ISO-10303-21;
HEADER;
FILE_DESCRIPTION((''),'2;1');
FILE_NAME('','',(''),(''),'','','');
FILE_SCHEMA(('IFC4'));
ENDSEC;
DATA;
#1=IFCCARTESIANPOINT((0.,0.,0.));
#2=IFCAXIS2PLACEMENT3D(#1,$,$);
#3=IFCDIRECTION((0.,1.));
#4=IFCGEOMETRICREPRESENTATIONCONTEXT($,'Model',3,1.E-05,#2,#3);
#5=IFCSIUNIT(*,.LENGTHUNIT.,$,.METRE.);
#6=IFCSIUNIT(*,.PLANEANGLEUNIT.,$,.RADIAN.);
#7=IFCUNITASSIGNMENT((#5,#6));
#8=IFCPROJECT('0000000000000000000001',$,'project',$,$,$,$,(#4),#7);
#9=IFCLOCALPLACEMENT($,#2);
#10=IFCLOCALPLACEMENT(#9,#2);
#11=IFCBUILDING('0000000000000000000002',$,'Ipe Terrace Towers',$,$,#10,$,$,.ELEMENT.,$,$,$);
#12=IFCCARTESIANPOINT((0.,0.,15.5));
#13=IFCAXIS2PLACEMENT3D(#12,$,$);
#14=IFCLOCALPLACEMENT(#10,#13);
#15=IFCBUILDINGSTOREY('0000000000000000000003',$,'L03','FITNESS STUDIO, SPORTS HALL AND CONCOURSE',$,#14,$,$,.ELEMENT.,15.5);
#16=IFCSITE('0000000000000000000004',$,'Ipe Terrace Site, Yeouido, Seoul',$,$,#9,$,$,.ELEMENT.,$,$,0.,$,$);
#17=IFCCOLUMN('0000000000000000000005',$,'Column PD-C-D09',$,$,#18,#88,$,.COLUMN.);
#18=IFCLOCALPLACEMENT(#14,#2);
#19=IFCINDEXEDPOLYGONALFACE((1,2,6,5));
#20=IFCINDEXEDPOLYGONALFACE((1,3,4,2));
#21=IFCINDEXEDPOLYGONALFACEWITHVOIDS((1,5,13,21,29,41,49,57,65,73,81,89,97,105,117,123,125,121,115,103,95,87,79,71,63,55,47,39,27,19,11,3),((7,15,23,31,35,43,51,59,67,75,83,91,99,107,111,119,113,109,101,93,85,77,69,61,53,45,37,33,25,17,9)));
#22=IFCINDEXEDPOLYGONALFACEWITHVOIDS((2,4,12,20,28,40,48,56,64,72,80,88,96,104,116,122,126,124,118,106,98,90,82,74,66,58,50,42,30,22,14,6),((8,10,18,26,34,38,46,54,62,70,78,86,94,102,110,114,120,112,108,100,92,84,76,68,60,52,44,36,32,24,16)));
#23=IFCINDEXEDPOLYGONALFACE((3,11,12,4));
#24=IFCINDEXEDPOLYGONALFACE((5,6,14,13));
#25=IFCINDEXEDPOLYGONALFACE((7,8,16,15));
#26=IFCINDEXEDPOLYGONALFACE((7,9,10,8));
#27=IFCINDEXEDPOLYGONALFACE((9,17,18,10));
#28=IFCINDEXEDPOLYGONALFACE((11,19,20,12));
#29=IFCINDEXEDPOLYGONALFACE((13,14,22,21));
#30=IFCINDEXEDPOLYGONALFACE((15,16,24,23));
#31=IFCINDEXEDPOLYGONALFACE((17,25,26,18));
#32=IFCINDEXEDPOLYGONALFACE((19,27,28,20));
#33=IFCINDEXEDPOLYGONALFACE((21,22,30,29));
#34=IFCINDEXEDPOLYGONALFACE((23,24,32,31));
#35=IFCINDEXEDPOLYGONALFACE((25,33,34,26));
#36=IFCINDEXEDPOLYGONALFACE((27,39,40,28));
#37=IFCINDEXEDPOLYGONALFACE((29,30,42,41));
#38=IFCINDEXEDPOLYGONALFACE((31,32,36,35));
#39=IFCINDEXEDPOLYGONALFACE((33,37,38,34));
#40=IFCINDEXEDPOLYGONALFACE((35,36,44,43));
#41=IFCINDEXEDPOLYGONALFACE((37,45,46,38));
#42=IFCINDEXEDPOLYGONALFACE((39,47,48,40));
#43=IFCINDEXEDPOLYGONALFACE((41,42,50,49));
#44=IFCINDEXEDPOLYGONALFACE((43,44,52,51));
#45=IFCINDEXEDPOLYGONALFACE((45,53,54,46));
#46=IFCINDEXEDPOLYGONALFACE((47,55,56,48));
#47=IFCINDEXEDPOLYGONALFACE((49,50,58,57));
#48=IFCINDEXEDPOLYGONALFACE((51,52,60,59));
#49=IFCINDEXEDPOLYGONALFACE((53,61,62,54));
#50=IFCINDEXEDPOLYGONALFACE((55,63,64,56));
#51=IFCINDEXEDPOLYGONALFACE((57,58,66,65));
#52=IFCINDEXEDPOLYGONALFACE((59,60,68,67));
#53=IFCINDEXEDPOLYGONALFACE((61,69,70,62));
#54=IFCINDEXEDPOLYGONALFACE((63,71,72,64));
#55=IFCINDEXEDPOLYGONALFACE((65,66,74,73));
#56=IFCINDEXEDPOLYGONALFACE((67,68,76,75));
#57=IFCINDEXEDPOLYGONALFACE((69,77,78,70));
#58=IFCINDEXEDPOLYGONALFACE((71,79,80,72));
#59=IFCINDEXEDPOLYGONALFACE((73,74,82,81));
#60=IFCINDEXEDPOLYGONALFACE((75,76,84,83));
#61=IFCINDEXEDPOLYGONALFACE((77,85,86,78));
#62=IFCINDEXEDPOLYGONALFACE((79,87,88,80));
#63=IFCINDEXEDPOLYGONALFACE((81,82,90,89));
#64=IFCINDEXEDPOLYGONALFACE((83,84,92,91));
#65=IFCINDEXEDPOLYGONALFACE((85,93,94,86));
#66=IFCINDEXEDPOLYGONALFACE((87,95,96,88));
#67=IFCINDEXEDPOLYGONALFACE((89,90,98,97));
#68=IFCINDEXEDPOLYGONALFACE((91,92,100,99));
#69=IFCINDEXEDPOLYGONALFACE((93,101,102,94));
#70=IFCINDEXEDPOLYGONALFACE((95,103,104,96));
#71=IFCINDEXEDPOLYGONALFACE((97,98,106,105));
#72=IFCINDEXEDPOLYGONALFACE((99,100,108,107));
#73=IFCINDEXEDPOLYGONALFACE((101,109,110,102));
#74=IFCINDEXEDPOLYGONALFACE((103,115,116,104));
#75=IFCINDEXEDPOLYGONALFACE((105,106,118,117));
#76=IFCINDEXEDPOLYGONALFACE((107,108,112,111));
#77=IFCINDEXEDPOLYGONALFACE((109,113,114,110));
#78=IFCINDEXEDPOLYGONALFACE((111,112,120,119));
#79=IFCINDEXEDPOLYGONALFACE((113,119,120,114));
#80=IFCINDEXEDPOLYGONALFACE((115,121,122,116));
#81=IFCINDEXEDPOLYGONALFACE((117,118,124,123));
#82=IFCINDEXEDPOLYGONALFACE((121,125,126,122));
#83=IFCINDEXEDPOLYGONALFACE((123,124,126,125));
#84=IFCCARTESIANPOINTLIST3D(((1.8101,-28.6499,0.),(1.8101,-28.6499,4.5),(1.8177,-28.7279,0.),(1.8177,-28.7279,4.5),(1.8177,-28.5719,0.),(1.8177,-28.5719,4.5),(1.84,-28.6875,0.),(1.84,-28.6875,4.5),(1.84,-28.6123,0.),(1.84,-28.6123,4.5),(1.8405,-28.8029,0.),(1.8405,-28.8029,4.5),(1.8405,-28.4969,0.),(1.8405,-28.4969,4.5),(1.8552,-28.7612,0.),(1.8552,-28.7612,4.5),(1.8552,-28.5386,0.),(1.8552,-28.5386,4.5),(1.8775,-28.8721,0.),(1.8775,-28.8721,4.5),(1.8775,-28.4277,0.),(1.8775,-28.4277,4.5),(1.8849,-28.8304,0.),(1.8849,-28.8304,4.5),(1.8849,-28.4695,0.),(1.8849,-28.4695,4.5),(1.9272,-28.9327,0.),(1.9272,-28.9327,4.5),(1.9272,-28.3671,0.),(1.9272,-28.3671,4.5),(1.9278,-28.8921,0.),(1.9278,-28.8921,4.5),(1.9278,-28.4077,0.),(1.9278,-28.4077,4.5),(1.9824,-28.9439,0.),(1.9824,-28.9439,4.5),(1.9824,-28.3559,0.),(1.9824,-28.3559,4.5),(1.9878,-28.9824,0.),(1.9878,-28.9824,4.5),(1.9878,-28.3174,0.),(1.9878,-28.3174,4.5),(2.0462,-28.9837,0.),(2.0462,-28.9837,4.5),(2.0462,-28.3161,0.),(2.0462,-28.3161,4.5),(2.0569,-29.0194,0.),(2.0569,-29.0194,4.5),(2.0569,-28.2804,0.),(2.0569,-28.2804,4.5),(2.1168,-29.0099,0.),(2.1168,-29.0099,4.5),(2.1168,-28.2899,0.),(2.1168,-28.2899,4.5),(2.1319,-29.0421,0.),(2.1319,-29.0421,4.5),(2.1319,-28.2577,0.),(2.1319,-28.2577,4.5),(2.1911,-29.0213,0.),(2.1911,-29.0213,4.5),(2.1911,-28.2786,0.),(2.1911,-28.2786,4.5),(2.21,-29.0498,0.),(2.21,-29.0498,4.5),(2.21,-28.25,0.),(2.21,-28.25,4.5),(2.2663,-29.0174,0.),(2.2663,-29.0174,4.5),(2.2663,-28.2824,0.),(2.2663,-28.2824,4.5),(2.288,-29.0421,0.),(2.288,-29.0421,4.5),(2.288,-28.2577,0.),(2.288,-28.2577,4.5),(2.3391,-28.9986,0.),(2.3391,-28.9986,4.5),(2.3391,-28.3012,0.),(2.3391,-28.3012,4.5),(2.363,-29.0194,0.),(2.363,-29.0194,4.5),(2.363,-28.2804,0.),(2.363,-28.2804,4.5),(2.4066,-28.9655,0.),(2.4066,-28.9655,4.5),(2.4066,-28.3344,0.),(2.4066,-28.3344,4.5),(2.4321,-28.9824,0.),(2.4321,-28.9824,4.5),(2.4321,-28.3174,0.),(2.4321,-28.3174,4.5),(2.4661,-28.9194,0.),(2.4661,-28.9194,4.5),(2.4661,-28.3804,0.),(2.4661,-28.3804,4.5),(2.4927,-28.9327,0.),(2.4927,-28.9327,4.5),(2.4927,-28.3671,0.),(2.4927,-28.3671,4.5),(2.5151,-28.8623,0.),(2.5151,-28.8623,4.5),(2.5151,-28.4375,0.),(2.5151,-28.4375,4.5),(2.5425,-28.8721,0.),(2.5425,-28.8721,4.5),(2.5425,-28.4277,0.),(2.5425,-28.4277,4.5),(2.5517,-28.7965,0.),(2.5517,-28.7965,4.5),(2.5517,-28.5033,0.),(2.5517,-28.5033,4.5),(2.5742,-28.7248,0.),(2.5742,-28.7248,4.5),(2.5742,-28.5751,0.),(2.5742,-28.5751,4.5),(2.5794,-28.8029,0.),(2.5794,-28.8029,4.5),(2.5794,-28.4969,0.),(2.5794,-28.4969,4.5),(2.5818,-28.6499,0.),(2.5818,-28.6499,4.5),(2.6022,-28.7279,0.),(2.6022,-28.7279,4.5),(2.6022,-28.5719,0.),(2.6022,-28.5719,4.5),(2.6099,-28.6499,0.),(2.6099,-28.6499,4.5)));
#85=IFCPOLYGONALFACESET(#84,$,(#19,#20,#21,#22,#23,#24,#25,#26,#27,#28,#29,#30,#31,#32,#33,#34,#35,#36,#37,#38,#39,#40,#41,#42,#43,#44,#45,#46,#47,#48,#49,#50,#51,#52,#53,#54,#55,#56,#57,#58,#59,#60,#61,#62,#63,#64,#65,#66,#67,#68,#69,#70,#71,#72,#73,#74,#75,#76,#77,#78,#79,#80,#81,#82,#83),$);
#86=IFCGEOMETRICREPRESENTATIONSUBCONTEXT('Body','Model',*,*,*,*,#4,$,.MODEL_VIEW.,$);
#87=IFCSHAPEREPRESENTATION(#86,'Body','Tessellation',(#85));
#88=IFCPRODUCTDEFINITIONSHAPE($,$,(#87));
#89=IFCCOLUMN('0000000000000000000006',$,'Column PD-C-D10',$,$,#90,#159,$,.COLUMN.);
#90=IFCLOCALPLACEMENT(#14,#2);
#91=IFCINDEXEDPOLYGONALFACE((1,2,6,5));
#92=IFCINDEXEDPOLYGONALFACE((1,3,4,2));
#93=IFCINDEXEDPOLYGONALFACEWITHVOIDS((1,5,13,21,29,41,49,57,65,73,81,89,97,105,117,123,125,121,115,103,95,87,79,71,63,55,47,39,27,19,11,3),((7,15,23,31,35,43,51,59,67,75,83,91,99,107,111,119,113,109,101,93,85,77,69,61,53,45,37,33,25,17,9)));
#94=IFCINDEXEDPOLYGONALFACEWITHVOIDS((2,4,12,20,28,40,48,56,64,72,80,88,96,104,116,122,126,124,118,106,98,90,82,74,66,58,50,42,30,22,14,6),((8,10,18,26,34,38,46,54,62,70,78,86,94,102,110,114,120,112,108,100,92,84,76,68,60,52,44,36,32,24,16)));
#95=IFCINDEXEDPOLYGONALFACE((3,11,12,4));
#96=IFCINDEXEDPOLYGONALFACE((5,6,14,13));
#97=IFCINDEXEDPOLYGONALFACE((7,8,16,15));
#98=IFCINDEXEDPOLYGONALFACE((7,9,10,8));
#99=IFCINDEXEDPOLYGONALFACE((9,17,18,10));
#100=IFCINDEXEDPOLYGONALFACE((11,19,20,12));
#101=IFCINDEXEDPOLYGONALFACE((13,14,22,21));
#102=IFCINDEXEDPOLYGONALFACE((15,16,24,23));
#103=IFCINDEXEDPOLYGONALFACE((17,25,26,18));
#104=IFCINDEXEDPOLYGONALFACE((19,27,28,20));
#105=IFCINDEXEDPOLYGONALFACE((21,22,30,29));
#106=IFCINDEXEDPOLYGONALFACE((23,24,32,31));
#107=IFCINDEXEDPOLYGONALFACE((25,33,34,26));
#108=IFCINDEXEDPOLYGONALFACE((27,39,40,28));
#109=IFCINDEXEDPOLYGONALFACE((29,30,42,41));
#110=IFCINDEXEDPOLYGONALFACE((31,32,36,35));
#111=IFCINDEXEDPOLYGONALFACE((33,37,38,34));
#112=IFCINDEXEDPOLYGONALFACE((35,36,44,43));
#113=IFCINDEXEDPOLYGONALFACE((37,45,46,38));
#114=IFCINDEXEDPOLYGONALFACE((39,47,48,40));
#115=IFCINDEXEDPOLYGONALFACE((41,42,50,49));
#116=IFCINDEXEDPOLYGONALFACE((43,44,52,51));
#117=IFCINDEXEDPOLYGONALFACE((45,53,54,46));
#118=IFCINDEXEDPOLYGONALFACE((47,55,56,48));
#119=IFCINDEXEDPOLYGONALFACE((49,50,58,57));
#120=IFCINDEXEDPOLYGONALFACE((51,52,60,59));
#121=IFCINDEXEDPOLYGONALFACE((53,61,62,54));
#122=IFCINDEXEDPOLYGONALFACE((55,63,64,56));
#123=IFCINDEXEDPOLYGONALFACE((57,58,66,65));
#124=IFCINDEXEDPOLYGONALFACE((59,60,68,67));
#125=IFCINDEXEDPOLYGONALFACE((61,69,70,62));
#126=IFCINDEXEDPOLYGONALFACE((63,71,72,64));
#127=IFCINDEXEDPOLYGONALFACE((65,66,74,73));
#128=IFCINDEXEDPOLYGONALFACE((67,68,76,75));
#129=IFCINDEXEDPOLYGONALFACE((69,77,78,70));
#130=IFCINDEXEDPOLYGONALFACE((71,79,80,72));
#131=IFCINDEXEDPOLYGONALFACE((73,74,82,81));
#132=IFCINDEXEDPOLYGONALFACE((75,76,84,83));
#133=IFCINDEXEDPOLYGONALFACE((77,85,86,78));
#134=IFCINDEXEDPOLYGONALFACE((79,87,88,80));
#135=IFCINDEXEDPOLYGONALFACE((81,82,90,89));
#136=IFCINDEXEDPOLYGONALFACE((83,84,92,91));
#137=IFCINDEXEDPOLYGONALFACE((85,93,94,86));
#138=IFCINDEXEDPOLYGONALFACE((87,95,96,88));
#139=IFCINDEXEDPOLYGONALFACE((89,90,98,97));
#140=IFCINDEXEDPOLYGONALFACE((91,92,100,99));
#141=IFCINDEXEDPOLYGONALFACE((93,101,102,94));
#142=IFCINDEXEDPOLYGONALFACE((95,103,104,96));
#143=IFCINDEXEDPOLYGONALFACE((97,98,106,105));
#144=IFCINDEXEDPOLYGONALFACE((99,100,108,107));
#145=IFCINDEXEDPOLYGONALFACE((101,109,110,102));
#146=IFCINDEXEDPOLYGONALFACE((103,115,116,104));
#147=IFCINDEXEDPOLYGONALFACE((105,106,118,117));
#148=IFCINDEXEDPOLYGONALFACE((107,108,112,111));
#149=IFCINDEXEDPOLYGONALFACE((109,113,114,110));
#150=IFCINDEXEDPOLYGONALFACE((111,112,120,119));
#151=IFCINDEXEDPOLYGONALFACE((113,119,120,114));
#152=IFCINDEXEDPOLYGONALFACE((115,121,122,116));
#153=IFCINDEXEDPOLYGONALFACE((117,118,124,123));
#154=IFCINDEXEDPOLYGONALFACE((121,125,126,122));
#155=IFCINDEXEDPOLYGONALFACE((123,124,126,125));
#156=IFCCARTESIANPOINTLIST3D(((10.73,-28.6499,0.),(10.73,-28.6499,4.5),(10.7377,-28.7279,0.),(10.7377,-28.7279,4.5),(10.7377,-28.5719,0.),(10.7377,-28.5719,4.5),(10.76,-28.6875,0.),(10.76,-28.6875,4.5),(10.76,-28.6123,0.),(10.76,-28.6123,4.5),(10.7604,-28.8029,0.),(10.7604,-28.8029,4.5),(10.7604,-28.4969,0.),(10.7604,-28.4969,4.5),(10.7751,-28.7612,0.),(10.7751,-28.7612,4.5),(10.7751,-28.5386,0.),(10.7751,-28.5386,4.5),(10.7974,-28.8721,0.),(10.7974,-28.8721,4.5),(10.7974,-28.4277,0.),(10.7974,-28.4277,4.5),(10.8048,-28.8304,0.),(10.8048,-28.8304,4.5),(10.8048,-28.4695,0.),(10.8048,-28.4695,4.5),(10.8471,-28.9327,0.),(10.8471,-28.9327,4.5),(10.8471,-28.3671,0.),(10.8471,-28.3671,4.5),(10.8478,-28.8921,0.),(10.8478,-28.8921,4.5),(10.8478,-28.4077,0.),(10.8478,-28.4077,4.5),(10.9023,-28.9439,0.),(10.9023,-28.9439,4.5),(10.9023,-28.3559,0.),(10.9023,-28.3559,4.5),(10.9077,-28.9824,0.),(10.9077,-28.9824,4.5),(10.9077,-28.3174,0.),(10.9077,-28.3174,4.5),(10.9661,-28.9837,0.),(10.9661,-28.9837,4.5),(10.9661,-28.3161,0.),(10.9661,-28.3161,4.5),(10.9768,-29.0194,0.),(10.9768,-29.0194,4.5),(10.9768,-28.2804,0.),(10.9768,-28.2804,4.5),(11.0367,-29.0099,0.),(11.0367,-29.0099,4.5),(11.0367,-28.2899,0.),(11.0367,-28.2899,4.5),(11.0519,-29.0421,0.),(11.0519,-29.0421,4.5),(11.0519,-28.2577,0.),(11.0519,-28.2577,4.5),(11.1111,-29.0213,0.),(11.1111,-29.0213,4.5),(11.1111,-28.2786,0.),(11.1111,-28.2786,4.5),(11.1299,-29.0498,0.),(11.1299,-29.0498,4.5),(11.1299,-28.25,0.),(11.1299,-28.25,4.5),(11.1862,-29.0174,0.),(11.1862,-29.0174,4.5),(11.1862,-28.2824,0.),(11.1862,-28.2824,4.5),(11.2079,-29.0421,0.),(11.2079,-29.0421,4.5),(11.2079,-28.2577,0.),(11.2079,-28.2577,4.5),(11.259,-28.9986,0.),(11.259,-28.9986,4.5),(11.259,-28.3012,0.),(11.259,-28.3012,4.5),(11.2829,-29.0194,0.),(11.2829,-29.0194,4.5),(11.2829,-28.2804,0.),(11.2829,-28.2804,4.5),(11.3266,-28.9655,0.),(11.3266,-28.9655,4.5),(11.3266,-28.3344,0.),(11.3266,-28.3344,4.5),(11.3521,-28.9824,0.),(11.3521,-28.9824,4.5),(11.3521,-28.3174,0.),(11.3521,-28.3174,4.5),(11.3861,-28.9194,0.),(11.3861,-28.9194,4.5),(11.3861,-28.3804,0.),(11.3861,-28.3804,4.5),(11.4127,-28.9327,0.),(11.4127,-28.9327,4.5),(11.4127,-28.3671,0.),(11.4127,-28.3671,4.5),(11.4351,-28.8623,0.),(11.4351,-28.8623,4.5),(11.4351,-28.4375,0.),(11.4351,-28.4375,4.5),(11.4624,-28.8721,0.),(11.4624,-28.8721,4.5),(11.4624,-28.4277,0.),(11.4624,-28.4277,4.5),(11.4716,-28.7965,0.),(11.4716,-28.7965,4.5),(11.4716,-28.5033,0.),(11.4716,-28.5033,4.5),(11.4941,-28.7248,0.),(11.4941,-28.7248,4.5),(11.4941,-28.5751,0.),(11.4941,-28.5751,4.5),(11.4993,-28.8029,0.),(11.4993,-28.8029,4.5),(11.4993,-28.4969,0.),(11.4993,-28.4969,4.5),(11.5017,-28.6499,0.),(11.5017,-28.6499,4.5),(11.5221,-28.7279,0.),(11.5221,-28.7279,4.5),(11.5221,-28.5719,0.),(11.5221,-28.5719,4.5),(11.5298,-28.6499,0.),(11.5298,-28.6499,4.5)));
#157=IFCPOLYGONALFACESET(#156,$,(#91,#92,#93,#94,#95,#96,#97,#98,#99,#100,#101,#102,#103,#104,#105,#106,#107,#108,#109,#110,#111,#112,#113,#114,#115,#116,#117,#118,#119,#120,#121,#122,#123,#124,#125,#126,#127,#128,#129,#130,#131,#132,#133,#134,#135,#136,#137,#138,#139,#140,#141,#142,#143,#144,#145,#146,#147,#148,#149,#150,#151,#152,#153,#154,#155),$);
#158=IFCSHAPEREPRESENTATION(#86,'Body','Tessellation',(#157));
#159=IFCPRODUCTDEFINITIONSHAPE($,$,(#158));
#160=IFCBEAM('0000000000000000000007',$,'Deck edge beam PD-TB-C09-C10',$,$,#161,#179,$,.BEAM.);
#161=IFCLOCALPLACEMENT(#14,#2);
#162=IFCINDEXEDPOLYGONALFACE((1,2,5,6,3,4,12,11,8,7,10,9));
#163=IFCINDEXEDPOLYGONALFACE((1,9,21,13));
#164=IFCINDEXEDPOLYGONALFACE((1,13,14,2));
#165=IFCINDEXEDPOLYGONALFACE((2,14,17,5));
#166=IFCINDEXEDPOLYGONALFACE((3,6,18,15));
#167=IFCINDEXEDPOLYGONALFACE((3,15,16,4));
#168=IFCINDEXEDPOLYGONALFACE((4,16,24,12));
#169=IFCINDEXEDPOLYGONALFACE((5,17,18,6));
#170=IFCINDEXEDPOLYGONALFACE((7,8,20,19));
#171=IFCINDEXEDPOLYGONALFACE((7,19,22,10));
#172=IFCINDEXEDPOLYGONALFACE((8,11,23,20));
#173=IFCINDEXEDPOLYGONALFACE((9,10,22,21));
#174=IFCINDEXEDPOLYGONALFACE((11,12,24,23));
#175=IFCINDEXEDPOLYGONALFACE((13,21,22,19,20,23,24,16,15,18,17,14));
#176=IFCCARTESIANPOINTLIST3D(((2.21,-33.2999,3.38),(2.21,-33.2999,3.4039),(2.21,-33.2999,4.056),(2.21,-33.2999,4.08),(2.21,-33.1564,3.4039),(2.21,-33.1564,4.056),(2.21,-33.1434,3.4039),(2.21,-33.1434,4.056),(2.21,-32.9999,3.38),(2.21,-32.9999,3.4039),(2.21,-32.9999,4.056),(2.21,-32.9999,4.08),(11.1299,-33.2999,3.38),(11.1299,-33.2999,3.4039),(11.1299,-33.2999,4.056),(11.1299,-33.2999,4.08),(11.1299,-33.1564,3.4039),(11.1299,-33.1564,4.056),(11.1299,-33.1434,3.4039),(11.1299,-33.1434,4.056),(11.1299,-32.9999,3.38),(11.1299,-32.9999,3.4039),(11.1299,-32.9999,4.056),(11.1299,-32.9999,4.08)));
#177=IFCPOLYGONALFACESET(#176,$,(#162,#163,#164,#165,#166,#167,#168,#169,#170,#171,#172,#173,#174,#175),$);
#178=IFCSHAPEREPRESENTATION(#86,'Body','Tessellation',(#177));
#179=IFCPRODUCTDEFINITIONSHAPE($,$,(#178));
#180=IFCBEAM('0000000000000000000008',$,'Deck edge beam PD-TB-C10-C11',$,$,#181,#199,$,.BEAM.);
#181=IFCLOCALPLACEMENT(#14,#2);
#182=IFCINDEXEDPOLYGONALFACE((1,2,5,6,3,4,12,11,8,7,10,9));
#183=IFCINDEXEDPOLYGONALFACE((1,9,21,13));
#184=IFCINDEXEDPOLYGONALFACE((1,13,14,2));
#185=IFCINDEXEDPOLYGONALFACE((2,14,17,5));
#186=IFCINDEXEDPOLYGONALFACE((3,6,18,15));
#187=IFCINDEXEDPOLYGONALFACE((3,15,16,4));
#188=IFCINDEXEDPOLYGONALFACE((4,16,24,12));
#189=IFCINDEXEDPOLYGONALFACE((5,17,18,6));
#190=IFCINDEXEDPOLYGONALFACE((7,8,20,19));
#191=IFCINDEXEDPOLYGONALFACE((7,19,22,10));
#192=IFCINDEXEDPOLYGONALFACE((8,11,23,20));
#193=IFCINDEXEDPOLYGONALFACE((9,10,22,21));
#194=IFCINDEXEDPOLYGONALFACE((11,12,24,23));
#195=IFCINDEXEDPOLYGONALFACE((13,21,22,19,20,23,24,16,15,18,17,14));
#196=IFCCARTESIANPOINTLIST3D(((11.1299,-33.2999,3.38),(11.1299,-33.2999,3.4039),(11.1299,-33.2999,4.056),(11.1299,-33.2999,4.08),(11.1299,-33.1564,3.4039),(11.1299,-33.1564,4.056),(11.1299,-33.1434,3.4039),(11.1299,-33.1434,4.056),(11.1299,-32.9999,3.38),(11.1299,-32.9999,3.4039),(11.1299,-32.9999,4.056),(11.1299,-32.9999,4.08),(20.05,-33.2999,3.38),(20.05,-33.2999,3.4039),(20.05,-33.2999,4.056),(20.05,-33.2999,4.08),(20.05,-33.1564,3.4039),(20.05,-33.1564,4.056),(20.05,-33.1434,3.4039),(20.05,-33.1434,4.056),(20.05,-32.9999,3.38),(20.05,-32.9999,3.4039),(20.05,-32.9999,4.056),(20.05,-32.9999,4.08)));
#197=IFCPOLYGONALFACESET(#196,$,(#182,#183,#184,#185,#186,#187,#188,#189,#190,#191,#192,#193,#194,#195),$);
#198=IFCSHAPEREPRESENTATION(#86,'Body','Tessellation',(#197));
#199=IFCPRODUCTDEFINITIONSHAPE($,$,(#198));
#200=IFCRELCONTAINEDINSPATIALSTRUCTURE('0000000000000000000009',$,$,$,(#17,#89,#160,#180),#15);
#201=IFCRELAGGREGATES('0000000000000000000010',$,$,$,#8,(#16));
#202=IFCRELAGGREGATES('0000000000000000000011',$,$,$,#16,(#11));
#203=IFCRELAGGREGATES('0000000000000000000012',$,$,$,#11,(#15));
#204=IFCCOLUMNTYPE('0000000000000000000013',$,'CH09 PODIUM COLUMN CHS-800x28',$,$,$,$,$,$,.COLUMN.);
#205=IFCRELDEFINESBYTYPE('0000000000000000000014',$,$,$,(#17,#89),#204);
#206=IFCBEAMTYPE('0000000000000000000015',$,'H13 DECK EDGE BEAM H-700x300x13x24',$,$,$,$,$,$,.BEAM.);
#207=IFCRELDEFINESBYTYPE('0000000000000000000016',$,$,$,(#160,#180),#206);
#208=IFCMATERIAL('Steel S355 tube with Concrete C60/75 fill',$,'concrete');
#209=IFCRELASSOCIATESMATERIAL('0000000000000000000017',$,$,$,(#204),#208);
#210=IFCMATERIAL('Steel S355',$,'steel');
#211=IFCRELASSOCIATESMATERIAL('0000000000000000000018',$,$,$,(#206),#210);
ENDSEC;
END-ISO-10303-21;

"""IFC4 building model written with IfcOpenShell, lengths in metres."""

from ifc_helpers import new_model, si_unit, direction, frame, origin, origin_2d, place, context, subcontext, project, spatial, hollow_circle, i_section, extrude, material, material_profile, profile_set, type_object, element, save


model = new_model("IFC4")

# Units and contexts
model_context = context("Model", 3, precision=1e-05, world=origin(), true_north=direction((0.0, 1.0)))
body_context = subcontext(model_context, "Body", "Model", "MODEL_VIEW")
ifc_project = project(units=[si_unit("LENGTHUNIT", "METRE"), si_unit("PLANEANGLEUNIT", "RADIAN")], contexts=[model_context])

# Site, building, storey
site_placement = place(None, origin())
site = spatial("IfcSite", under=ifc_project, at=site_placement, Name="Ipe Terrace Site, Yeouido, Seoul", CompositionType="ELEMENT", RefElevation=0.0)
building_placement = place(site_placement, origin())
building = spatial("IfcBuilding", under=site, at=building_placement, Name="Ipe Terrace Towers", CompositionType="ELEMENT")
storey_placement = place(building_placement, frame((0.0, 0.0, 15.5)))
storey = spatial("IfcBuildingStorey", under=building, at=storey_placement, Name="L03", Description="FITNESS STUDIO, SPORTS HALL AND CONCOURSE", CompositionType="ELEMENT", Elevation=15.5)

# Columns
ifc_material_1 = material(Name="Steel S355 tube with Concrete C60/75 fill", Category="concrete")
ifc_material_profile_1 = material_profile(ifc_material_1, hollow_circle(Radius=0.3999, WallThickness=0.0281, at=origin_2d()), Name="CHS-800x28")
ifc_profile_set_1 = profile_set([ifc_material_profile_1], Name="Steel S355 tube with Concrete C60/75 fill")
column_type = type_object("IfcColumnType", Name="CH09 PODIUM COLUMN CHS-800x28", PredefinedType="COLUMN", material=ifc_profile_set_1)
for number, where, z_axis, x_axis, name in (
    (1, (2.21, -28.6499, 0.0), (0.0, 0.0, 1.0), (1.0, 0.0, 0.0), "Column PD-C-D09"),
    (2, (11.1299, -28.6499, 0.0), (0.0, 0.0, 1.0), (1.0, 0.0, 0.0), "Column PD-C-D10"),
):
    element("IfcColumn", number, at=place(storey_placement, frame(where, z_axis=z_axis, x_axis=x_axis)), inside=storey, type_object=column_type, Name=name, PredefinedType="COLUMN", context=body_context, shape_type="SweptSolid", body=[
        extrude(hollow_circle(Radius=0.3999, WallThickness=0.0281, at=origin_2d()), origin(), (0.0, 0.0, 1.0), 4.5),
    ])

# Beams
ifc_material_2 = material(Name="Steel S355", Category="steel")
ifc_material_profile_2 = material_profile(ifc_material_2, i_section(OverallWidth=0.3, OverallDepth=0.7, WebThickness=0.0129, FlangeThickness=0.0239, at=origin_2d()), Name="H-700x300x13x24")
ifc_profile_set_2 = profile_set([ifc_material_profile_2], Name="Steel S355")
beam_type = type_object("IfcBeamType", Name="H13 DECK EDGE BEAM H-700x300x13x24", PredefinedType="BEAM", material=ifc_profile_set_2)
beam_1_placement = place(storey_placement, frame((2.21, -33.1499, 3.73), z_axis=(1.0, 0.0, 0.0), x_axis=(0.0, 1.0, 0.0)))
element("IfcBeam", 3, at=beam_1_placement, inside=storey, type_object=beam_type, Name="Deck edge beam PD-TB-C09-C10", PredefinedType="BEAM", context=body_context, shape_type="SweptSolid", body=[
    extrude(i_section(OverallWidth=0.3, OverallDepth=0.7, WebThickness=0.0129, FlangeThickness=0.0239, at=origin_2d()), origin(), (0.0, 0.0, 1.0), 8.9199),
])
beam_2_placement = place(storey_placement, frame((11.1299, -33.1499, 3.73), z_axis=(1.0, 0.0, 0.0), x_axis=(0.0, 1.0, 0.0)))
element("IfcBeam", 4, at=beam_2_placement, inside=storey, type_object=beam_type, Name="Deck edge beam PD-TB-C10-C11", PredefinedType="BEAM", context=body_context, shape_type="SweptSolid", body=[
    extrude(i_section(OverallWidth=0.3, OverallDepth=0.7, WebThickness=0.0129, FlangeThickness=0.0239, at=origin_2d()), origin(), (0.0, 0.0, 1.0), 8.9202),
])

save(model, "model.ifc")
